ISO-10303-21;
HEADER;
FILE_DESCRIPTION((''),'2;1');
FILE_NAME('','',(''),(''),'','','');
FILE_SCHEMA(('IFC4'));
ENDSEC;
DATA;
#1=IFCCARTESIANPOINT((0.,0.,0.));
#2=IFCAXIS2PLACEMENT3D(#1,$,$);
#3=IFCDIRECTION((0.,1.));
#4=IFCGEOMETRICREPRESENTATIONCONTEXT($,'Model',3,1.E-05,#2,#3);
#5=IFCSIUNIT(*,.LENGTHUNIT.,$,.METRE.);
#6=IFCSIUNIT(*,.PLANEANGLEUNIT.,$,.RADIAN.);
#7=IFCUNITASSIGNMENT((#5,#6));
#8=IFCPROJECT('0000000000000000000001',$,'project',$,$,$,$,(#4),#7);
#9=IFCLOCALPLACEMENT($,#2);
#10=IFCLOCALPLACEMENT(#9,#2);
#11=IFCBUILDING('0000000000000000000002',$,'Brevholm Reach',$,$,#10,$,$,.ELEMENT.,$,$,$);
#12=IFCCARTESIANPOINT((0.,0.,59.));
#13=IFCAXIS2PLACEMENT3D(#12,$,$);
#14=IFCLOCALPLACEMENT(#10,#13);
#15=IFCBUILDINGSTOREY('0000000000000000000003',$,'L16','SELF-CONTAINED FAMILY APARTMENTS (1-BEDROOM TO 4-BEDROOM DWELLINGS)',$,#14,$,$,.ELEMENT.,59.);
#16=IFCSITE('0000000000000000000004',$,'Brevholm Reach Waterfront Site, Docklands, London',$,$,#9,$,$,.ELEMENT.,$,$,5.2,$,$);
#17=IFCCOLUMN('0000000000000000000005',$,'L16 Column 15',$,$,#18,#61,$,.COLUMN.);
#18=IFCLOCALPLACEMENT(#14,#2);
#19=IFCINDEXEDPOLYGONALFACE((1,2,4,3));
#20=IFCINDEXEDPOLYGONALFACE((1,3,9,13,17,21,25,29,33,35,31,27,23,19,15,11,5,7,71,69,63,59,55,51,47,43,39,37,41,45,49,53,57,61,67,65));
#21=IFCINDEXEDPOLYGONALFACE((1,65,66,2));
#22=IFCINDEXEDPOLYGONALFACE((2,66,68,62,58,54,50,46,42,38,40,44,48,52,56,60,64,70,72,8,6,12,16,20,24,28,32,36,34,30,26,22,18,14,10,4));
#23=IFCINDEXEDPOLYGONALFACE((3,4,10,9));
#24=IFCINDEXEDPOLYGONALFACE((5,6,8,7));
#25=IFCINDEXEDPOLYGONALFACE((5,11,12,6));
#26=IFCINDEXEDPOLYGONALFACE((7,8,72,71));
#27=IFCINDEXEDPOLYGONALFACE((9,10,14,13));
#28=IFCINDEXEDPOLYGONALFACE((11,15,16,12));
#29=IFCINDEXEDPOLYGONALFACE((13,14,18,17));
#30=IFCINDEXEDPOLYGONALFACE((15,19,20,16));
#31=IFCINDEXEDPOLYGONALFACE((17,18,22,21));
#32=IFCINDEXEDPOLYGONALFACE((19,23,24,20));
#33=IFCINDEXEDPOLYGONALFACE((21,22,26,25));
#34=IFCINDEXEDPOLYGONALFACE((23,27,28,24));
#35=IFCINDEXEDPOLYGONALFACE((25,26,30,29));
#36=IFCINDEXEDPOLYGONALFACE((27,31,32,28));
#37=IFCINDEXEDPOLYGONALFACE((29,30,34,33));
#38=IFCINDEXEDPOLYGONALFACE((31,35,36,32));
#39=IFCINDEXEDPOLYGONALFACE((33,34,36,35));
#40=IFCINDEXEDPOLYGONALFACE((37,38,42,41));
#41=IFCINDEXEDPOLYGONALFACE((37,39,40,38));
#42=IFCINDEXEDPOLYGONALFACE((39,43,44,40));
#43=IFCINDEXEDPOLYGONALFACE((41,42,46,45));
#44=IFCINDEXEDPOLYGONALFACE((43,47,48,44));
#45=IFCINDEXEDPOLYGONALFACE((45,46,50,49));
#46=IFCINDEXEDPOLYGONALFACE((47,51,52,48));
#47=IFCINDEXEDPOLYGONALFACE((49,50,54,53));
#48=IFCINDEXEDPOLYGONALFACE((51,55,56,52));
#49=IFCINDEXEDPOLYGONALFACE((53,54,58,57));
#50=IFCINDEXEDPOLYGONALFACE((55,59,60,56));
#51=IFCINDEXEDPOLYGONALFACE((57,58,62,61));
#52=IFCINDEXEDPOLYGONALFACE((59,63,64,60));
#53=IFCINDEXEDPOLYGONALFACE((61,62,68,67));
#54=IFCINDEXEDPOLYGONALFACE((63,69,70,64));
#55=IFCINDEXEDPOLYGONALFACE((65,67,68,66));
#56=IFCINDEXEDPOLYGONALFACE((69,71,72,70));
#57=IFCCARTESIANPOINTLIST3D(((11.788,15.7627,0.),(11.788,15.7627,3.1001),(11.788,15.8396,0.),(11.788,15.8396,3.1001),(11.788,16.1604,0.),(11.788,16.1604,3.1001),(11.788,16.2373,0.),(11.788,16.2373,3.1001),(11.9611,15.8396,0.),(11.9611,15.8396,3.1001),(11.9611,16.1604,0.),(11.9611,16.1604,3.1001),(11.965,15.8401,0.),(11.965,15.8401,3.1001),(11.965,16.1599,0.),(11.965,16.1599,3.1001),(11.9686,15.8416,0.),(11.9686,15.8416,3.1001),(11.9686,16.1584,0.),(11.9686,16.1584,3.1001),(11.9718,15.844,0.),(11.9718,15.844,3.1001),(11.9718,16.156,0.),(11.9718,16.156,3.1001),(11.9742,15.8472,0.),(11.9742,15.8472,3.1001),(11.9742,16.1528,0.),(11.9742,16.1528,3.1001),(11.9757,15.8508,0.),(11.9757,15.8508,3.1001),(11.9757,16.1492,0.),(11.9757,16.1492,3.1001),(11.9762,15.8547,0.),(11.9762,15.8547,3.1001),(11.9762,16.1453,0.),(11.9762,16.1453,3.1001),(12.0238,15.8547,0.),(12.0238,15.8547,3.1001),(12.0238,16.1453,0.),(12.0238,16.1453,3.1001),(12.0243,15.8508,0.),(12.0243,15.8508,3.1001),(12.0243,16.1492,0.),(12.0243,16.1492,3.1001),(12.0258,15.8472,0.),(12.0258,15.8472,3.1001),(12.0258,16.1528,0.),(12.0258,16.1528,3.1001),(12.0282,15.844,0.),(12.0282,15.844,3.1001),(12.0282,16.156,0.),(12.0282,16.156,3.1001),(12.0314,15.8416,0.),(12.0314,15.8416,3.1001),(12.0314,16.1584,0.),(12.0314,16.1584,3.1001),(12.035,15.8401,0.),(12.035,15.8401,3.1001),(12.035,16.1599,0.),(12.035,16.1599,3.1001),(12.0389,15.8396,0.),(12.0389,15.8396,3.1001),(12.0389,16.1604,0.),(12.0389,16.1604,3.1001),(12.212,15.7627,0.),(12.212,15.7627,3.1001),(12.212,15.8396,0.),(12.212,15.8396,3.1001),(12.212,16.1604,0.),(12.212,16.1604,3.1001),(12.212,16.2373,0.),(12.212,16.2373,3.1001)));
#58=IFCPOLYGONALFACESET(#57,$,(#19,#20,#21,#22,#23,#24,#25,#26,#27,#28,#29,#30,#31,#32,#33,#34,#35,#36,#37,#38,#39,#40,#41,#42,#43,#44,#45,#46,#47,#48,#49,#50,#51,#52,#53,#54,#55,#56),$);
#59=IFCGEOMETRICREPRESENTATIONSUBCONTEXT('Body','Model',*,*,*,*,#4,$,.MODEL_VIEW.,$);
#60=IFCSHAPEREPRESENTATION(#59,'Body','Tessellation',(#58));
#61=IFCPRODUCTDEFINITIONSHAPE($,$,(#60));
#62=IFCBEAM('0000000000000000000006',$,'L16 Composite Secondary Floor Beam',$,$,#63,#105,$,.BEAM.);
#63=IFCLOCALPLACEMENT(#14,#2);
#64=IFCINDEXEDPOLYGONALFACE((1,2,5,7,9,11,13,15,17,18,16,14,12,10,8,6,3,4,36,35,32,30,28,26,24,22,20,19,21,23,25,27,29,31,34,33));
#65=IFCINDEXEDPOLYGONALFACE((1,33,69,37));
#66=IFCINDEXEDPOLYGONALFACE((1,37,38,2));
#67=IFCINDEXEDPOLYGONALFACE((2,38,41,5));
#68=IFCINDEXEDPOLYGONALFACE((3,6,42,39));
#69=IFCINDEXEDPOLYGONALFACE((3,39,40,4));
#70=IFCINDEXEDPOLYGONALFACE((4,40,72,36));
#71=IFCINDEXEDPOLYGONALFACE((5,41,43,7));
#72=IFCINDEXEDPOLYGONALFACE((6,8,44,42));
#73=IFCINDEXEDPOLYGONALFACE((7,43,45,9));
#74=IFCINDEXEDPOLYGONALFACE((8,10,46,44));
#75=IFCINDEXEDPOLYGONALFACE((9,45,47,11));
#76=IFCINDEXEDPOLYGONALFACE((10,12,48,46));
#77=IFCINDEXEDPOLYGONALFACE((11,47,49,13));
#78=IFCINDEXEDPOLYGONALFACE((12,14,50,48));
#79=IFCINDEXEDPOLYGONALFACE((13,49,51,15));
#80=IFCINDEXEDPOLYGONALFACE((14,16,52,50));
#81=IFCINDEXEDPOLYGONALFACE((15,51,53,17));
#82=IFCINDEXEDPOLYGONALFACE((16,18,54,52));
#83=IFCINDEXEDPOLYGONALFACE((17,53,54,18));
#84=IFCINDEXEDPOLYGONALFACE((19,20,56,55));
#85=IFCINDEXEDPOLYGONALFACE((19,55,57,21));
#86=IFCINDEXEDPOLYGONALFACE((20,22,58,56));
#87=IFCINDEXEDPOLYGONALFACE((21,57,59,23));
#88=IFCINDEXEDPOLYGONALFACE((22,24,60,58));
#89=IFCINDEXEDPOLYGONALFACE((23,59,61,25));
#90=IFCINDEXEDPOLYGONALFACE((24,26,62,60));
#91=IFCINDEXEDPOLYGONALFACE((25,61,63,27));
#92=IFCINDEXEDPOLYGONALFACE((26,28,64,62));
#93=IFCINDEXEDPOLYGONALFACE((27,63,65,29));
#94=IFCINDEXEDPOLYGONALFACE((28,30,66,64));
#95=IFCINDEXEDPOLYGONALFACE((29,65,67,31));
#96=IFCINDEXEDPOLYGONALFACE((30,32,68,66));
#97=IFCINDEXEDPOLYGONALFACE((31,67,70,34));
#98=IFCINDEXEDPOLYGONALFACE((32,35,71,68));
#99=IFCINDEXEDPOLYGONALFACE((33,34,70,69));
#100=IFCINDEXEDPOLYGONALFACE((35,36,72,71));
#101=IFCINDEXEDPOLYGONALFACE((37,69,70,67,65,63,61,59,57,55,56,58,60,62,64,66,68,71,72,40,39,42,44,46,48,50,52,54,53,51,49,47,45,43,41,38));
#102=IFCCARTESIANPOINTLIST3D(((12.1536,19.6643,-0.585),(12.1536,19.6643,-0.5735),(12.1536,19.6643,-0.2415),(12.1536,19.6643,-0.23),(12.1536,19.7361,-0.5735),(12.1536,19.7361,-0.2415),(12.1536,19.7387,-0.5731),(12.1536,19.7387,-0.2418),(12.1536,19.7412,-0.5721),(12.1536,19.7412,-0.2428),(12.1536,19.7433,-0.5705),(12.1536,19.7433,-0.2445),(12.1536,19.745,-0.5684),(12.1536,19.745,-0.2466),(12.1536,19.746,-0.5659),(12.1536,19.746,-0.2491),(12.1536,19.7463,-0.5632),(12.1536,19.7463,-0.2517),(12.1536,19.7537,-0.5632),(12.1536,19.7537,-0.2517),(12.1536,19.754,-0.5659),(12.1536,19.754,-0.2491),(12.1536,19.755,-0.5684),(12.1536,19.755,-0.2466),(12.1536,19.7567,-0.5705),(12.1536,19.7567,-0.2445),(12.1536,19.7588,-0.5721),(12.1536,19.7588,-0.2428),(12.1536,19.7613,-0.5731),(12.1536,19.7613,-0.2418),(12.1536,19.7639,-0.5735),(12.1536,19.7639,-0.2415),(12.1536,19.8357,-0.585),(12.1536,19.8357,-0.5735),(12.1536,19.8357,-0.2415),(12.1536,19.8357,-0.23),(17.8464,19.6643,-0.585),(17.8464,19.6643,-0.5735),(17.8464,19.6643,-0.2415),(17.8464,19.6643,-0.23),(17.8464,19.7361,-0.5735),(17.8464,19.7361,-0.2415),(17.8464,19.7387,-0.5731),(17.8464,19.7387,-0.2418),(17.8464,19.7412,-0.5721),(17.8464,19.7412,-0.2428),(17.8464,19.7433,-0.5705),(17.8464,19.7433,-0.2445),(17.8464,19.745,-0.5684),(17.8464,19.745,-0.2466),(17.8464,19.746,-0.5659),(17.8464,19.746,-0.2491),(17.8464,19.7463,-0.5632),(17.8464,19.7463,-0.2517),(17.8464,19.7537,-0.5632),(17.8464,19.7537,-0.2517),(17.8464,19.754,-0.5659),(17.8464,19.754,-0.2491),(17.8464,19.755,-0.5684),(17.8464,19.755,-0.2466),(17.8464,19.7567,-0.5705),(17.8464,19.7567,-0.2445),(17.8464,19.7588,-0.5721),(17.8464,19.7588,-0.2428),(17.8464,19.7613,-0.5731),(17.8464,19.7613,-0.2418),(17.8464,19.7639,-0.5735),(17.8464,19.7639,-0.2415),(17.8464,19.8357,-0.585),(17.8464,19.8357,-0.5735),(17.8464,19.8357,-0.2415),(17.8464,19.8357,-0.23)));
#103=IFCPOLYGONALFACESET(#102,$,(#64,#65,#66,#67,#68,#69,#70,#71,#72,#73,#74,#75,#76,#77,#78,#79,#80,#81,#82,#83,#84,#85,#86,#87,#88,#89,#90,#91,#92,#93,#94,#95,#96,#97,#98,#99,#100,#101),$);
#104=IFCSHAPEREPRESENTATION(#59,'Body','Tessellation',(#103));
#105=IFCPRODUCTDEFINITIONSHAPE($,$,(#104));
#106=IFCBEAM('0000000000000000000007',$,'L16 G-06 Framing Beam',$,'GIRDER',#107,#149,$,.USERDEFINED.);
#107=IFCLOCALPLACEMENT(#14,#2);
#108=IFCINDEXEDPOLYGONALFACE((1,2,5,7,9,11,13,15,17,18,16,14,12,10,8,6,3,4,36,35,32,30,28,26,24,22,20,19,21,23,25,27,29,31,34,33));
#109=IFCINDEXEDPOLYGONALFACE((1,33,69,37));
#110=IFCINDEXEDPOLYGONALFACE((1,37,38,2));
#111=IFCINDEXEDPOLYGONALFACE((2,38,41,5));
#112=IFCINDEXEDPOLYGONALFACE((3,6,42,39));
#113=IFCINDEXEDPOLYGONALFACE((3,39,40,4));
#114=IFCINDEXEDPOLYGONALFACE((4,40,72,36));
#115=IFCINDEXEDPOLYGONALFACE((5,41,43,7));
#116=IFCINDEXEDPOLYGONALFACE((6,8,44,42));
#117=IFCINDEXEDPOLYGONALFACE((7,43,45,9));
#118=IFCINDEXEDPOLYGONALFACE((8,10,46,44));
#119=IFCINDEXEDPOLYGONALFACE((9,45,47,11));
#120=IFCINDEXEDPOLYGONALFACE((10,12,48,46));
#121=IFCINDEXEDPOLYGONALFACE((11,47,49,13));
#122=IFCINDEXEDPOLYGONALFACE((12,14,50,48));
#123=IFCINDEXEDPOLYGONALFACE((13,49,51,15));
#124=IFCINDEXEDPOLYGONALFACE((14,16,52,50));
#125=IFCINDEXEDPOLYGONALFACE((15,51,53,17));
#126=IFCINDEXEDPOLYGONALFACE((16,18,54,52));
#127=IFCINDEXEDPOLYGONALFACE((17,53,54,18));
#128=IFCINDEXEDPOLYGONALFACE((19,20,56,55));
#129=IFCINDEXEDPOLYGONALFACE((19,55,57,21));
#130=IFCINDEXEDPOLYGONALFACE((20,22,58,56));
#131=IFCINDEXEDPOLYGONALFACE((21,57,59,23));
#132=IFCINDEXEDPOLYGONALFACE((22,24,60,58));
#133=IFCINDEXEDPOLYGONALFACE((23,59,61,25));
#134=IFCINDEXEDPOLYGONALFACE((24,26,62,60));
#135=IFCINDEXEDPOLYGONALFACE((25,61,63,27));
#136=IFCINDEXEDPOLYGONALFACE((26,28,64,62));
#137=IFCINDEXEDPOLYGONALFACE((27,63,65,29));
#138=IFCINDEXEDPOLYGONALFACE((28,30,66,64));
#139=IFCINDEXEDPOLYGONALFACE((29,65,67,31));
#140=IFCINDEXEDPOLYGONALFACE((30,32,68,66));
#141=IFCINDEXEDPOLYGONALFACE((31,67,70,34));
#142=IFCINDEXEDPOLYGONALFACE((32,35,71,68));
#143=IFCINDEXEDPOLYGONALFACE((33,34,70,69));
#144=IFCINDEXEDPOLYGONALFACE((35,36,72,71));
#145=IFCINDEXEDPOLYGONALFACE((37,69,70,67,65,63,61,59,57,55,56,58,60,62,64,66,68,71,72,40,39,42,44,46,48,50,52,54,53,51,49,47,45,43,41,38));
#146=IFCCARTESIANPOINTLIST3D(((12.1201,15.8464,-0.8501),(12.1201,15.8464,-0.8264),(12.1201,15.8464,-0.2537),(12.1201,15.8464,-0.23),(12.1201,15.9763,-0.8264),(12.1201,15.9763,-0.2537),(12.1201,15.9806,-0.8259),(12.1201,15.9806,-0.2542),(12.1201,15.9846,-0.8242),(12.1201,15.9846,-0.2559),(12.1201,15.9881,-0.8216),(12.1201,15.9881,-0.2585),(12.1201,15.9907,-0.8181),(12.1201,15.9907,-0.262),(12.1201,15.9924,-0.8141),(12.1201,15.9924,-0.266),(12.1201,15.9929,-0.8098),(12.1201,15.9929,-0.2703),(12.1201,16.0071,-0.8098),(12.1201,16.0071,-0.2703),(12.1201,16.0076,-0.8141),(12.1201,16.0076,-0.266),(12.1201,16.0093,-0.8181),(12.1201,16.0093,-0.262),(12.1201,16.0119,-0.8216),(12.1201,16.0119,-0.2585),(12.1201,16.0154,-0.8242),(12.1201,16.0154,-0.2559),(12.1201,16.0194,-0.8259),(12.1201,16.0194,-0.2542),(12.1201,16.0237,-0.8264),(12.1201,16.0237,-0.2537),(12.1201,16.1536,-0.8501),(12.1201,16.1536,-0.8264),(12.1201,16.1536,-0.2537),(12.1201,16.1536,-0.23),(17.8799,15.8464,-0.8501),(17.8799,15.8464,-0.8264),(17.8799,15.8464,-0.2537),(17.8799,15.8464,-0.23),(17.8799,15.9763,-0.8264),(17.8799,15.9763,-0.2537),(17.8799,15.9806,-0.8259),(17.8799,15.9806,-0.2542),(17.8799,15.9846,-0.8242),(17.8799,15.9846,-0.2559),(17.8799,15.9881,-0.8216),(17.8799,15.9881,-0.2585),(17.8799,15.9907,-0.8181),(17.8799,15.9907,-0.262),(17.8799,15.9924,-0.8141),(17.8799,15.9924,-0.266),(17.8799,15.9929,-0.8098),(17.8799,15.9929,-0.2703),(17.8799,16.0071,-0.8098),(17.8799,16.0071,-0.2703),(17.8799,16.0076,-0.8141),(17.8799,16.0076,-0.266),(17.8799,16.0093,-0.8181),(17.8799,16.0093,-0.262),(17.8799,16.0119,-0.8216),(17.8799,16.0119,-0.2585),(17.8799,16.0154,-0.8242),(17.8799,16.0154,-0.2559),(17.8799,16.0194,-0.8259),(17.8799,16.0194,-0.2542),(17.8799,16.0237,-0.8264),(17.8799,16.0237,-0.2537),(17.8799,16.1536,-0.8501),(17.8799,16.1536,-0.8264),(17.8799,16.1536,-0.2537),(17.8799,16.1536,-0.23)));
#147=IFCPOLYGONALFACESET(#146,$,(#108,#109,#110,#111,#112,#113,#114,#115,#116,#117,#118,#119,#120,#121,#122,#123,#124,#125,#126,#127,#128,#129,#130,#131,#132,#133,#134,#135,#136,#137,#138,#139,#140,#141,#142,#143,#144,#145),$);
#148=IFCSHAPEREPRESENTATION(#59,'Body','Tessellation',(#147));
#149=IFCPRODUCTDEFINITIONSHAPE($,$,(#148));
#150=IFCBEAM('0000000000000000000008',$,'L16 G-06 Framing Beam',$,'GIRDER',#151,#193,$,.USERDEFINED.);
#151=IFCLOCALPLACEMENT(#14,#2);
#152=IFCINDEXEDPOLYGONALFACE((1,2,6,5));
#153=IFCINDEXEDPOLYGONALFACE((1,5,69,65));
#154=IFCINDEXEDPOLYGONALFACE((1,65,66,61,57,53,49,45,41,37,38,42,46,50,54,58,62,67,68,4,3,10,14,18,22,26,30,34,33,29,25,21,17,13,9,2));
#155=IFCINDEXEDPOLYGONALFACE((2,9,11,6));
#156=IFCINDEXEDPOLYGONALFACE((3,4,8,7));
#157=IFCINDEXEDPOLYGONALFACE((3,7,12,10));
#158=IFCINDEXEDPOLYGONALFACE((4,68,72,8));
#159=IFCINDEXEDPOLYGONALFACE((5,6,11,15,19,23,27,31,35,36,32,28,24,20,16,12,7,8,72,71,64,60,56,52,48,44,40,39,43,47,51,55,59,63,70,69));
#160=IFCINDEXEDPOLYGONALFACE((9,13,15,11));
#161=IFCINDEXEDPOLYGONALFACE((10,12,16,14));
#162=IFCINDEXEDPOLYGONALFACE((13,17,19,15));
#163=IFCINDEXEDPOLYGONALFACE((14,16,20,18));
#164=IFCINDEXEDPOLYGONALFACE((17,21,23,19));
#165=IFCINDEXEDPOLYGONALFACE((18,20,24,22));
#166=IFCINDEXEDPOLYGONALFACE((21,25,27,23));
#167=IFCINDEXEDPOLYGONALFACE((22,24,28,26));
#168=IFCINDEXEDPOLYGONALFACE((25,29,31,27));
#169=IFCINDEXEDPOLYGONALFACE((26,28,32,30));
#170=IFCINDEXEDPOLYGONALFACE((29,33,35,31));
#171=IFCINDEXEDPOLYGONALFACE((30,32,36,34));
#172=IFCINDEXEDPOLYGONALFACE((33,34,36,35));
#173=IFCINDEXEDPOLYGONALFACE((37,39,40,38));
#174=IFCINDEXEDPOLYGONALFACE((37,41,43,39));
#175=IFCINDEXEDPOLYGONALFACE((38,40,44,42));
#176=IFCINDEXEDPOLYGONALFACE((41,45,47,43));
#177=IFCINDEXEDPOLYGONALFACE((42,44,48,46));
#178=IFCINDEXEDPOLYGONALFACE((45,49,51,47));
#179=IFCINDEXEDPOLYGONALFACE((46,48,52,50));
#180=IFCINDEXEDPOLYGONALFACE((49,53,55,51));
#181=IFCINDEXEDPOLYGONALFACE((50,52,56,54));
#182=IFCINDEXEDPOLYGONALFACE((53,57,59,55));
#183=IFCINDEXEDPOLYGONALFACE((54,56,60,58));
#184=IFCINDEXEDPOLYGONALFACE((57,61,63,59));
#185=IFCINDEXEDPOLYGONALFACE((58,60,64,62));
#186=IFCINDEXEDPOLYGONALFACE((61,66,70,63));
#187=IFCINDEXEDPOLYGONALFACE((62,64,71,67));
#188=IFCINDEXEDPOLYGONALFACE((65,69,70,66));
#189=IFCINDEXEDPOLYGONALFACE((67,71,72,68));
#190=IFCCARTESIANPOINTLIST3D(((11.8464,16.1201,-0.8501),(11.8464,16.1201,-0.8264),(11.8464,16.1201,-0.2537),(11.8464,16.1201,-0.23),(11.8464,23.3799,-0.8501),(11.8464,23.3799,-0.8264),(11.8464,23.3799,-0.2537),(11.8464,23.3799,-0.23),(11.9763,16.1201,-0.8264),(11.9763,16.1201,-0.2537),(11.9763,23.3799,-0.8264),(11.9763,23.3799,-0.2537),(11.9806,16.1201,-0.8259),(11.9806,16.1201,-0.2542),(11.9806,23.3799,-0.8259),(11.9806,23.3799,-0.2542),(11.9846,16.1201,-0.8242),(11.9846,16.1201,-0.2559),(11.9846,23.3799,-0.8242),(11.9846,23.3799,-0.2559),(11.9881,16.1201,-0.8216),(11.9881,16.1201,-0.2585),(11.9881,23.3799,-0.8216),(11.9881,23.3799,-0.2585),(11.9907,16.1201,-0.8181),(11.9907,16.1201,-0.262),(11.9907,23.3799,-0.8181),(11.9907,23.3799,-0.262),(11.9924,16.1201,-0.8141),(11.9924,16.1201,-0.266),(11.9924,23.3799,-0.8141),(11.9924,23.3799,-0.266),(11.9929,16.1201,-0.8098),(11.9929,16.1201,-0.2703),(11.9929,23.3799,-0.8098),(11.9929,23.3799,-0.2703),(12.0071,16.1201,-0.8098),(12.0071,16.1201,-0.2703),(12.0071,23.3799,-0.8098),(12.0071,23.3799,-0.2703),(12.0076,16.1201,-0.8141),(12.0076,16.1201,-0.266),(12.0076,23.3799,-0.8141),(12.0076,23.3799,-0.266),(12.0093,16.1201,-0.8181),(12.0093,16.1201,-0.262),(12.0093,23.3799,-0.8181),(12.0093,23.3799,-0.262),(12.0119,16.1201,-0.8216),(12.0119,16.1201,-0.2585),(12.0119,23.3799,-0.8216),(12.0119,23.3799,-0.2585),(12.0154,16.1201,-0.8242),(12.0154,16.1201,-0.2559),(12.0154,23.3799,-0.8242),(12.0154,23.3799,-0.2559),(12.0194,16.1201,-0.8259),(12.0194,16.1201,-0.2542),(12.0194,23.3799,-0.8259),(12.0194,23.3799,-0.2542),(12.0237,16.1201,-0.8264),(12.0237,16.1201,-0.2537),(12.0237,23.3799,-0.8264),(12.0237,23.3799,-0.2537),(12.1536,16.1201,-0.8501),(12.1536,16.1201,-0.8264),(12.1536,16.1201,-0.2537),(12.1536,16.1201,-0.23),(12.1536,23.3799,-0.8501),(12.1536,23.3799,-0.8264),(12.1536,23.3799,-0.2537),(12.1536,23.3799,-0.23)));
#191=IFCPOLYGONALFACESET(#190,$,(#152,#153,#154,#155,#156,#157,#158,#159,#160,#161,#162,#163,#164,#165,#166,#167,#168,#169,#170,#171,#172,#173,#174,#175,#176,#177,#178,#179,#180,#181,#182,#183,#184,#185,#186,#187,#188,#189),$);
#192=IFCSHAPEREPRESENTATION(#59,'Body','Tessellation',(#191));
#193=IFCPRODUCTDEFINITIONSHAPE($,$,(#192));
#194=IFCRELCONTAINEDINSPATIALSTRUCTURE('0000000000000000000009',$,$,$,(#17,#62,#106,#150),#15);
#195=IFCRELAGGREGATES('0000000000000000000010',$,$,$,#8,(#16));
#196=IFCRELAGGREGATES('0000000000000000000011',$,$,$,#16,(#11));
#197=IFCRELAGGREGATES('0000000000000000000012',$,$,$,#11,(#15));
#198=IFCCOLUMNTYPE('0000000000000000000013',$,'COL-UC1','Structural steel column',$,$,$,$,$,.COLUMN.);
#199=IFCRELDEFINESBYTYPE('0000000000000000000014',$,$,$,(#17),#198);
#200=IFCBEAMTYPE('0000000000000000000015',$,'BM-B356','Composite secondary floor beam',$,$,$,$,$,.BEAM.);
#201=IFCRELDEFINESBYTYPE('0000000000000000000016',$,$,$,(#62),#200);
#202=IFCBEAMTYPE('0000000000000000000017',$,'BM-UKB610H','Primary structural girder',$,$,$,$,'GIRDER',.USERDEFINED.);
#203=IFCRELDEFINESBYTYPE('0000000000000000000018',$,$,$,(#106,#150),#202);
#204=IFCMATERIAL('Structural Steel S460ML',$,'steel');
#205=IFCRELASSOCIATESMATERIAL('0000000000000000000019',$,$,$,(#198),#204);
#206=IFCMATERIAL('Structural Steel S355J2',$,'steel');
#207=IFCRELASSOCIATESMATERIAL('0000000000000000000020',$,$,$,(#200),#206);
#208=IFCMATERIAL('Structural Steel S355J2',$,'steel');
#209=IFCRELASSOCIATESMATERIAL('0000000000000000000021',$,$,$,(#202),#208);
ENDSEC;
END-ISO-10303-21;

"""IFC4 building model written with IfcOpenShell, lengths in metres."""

from ifc_helpers import new_model, si_unit, direction, frame, origin, origin_2d, place, context, subcontext, project, spatial, i_section, extrude, material, material_profile, profile_set, type_object, element, save


model = new_model("IFC4")

# Units and contexts
model_context = context("Model", 3, precision=1e-05, world=origin(), true_north=direction((0.0, 1.0)))
body_context = subcontext(model_context, "Body", "Model", "MODEL_VIEW")
ifc_project = project(units=[si_unit("LENGTHUNIT", "METRE"), si_unit("PLANEANGLEUNIT", "RADIAN")], contexts=[model_context])

# Site, building, storey
site_placement = place(None, origin())
site = spatial("IfcSite", under=ifc_project, at=site_placement, Name="Brevholm Reach Waterfront Site, Docklands, London", CompositionType="ELEMENT", RefElevation=5.2)
building_placement = place(site_placement, origin())
building = spatial("IfcBuilding", under=site, at=building_placement, Name="Brevholm Reach", CompositionType="ELEMENT")
storey_placement = place(building_placement, frame((0.0, 0.0, 59.0)))
storey = spatial("IfcBuildingStorey", under=building, at=storey_placement, Name="L16", Description="SELF-CONTAINED FAMILY APARTMENTS (1-BEDROOM TO 4-BEDROOM DWELLINGS)", CompositionType="ELEMENT", Elevation=59.0)

# Column
ifc_material_1 = material(Name="Structural Steel S460ML", Category="steel")
ifc_material_profile_1 = material_profile(ifc_material_1, i_section(OverallWidth=0.4241, OverallDepth=0.4746, WebThickness=0.0476, FlangeThickness=0.0769, FilletRadius=0.0151, at=origin_2d()), Name="UKC 356x406x634")
ifc_profile_set_1 = profile_set([ifc_material_profile_1], Name="Structural Steel S460ML")
column_type = type_object("IfcColumnType", Name="COL-UC1", Description="Structural steel column", PredefinedType="COLUMN", material=ifc_profile_set_1)
column_placement = place(storey_placement, frame((12.0, 16.0, 0.0), z_axis=(0.0, 0.0, 1.0), x_axis=(1.0, 0.0, 0.0)))
element("IfcColumn", 1, at=column_placement, inside=storey, type_object=column_type, Name="L16 Column 15", PredefinedType="COLUMN", context=body_context, shape_type="SweptSolid", body=[
    extrude(i_section(OverallWidth=0.4241, OverallDepth=0.4746, WebThickness=0.0476, FlangeThickness=0.0769, FilletRadius=0.0151, at=origin_2d()), origin(), (0.0, 0.0, 1.0), 3.1001),
])

# Beams
ifc_material_2 = material(Name="Structural Steel S355J2", Category="steel")
ifc_material_profile_2 = material_profile(ifc_material_2, i_section(OverallWidth=0.1714, OverallDepth=0.355, WebThickness=0.0073, FlangeThickness=0.0115, FilletRadius=0.0103, at=origin_2d()), Name="UKB 356x171x51")
ifc_profile_set_2 = profile_set([ifc_material_profile_2], Name="Structural Steel S355J2")
beam_type_1 = type_object("IfcBeamType", Name="BM-B356", Description="Composite secondary floor beam", PredefinedType="BEAM", material=ifc_profile_set_2)
beam_1_placement = place(storey_placement, frame((12.1536, 19.75, -0.4075), z_axis=(1.0, 0.0, 0.0), x_axis=(0.0, 1.0, 0.0)))
element("IfcBeam", 2, at=beam_1_placement, inside=storey, type_object=beam_type_1, Name="L16 Composite Secondary Floor Beam", PredefinedType="BEAM", context=body_context, shape_type="SweptSolid", body=[
    extrude(i_section(OverallWidth=0.1714, OverallDepth=0.355, WebThickness=0.0073, FlangeThickness=0.0115, FilletRadius=0.0103, at=origin_2d()), origin(), (0.0, 0.0, 1.0), 5.6929),
])
ifc_material_3 = material(Name="Structural Steel S355J2", Category="steel")
ifc_material_profile_3 = material_profile(ifc_material_3, i_section(OverallWidth=0.3071, OverallDepth=0.6201, WebThickness=0.0142, FlangeThickness=0.0237, FilletRadius=0.0166, at=origin_2d()), Name="UKB 610x305x179")
ifc_profile_set_3 = profile_set([ifc_material_profile_3], Name="Structural Steel S355J2")
beam_type_2 = type_object("IfcBeamType", Name="BM-UKB610H", Description="Primary structural girder", ElementType="GIRDER", PredefinedType="USERDEFINED", material=ifc_profile_set_3)
beam_2_placement = place(storey_placement, frame((12.1201, 16.0, -0.54), z_axis=(1.0, 0.0, 0.0), x_axis=(0.0, 1.0, 0.0)))
element("IfcBeam", 3, at=beam_2_placement, inside=storey, type_object=beam_type_2, Name="L16 G-06 Framing Beam", ObjectType="GIRDER", PredefinedType="USERDEFINED", context=body_context, shape_type="SweptSolid", body=[
    extrude(i_section(OverallWidth=0.3071, OverallDepth=0.6201, WebThickness=0.0142, FlangeThickness=0.0237, FilletRadius=0.0166, at=origin_2d()), origin(), (0.0, 0.0, 1.0), 5.7598),
])
beam_3_placement = place(storey_placement, frame((12.0, 16.1201, -0.54), z_axis=(0.0, 1.0, 0.0), x_axis=(-1.0, 0.0, 0.0)))
element("IfcBeam", 4, at=beam_3_placement, inside=storey, type_object=beam_type_2, Name="L16 G-06 Framing Beam", ObjectType="GIRDER", PredefinedType="USERDEFINED", context=body_context, shape_type="SweptSolid", body=[
    extrude(i_section(OverallWidth=0.3071, OverallDepth=0.6201, WebThickness=0.0142, FlangeThickness=0.0237, FilletRadius=0.0166, at=origin_2d()), origin(), (0.0, 0.0, 1.0), 7.2598),
])

save(model, "model.ifc")
